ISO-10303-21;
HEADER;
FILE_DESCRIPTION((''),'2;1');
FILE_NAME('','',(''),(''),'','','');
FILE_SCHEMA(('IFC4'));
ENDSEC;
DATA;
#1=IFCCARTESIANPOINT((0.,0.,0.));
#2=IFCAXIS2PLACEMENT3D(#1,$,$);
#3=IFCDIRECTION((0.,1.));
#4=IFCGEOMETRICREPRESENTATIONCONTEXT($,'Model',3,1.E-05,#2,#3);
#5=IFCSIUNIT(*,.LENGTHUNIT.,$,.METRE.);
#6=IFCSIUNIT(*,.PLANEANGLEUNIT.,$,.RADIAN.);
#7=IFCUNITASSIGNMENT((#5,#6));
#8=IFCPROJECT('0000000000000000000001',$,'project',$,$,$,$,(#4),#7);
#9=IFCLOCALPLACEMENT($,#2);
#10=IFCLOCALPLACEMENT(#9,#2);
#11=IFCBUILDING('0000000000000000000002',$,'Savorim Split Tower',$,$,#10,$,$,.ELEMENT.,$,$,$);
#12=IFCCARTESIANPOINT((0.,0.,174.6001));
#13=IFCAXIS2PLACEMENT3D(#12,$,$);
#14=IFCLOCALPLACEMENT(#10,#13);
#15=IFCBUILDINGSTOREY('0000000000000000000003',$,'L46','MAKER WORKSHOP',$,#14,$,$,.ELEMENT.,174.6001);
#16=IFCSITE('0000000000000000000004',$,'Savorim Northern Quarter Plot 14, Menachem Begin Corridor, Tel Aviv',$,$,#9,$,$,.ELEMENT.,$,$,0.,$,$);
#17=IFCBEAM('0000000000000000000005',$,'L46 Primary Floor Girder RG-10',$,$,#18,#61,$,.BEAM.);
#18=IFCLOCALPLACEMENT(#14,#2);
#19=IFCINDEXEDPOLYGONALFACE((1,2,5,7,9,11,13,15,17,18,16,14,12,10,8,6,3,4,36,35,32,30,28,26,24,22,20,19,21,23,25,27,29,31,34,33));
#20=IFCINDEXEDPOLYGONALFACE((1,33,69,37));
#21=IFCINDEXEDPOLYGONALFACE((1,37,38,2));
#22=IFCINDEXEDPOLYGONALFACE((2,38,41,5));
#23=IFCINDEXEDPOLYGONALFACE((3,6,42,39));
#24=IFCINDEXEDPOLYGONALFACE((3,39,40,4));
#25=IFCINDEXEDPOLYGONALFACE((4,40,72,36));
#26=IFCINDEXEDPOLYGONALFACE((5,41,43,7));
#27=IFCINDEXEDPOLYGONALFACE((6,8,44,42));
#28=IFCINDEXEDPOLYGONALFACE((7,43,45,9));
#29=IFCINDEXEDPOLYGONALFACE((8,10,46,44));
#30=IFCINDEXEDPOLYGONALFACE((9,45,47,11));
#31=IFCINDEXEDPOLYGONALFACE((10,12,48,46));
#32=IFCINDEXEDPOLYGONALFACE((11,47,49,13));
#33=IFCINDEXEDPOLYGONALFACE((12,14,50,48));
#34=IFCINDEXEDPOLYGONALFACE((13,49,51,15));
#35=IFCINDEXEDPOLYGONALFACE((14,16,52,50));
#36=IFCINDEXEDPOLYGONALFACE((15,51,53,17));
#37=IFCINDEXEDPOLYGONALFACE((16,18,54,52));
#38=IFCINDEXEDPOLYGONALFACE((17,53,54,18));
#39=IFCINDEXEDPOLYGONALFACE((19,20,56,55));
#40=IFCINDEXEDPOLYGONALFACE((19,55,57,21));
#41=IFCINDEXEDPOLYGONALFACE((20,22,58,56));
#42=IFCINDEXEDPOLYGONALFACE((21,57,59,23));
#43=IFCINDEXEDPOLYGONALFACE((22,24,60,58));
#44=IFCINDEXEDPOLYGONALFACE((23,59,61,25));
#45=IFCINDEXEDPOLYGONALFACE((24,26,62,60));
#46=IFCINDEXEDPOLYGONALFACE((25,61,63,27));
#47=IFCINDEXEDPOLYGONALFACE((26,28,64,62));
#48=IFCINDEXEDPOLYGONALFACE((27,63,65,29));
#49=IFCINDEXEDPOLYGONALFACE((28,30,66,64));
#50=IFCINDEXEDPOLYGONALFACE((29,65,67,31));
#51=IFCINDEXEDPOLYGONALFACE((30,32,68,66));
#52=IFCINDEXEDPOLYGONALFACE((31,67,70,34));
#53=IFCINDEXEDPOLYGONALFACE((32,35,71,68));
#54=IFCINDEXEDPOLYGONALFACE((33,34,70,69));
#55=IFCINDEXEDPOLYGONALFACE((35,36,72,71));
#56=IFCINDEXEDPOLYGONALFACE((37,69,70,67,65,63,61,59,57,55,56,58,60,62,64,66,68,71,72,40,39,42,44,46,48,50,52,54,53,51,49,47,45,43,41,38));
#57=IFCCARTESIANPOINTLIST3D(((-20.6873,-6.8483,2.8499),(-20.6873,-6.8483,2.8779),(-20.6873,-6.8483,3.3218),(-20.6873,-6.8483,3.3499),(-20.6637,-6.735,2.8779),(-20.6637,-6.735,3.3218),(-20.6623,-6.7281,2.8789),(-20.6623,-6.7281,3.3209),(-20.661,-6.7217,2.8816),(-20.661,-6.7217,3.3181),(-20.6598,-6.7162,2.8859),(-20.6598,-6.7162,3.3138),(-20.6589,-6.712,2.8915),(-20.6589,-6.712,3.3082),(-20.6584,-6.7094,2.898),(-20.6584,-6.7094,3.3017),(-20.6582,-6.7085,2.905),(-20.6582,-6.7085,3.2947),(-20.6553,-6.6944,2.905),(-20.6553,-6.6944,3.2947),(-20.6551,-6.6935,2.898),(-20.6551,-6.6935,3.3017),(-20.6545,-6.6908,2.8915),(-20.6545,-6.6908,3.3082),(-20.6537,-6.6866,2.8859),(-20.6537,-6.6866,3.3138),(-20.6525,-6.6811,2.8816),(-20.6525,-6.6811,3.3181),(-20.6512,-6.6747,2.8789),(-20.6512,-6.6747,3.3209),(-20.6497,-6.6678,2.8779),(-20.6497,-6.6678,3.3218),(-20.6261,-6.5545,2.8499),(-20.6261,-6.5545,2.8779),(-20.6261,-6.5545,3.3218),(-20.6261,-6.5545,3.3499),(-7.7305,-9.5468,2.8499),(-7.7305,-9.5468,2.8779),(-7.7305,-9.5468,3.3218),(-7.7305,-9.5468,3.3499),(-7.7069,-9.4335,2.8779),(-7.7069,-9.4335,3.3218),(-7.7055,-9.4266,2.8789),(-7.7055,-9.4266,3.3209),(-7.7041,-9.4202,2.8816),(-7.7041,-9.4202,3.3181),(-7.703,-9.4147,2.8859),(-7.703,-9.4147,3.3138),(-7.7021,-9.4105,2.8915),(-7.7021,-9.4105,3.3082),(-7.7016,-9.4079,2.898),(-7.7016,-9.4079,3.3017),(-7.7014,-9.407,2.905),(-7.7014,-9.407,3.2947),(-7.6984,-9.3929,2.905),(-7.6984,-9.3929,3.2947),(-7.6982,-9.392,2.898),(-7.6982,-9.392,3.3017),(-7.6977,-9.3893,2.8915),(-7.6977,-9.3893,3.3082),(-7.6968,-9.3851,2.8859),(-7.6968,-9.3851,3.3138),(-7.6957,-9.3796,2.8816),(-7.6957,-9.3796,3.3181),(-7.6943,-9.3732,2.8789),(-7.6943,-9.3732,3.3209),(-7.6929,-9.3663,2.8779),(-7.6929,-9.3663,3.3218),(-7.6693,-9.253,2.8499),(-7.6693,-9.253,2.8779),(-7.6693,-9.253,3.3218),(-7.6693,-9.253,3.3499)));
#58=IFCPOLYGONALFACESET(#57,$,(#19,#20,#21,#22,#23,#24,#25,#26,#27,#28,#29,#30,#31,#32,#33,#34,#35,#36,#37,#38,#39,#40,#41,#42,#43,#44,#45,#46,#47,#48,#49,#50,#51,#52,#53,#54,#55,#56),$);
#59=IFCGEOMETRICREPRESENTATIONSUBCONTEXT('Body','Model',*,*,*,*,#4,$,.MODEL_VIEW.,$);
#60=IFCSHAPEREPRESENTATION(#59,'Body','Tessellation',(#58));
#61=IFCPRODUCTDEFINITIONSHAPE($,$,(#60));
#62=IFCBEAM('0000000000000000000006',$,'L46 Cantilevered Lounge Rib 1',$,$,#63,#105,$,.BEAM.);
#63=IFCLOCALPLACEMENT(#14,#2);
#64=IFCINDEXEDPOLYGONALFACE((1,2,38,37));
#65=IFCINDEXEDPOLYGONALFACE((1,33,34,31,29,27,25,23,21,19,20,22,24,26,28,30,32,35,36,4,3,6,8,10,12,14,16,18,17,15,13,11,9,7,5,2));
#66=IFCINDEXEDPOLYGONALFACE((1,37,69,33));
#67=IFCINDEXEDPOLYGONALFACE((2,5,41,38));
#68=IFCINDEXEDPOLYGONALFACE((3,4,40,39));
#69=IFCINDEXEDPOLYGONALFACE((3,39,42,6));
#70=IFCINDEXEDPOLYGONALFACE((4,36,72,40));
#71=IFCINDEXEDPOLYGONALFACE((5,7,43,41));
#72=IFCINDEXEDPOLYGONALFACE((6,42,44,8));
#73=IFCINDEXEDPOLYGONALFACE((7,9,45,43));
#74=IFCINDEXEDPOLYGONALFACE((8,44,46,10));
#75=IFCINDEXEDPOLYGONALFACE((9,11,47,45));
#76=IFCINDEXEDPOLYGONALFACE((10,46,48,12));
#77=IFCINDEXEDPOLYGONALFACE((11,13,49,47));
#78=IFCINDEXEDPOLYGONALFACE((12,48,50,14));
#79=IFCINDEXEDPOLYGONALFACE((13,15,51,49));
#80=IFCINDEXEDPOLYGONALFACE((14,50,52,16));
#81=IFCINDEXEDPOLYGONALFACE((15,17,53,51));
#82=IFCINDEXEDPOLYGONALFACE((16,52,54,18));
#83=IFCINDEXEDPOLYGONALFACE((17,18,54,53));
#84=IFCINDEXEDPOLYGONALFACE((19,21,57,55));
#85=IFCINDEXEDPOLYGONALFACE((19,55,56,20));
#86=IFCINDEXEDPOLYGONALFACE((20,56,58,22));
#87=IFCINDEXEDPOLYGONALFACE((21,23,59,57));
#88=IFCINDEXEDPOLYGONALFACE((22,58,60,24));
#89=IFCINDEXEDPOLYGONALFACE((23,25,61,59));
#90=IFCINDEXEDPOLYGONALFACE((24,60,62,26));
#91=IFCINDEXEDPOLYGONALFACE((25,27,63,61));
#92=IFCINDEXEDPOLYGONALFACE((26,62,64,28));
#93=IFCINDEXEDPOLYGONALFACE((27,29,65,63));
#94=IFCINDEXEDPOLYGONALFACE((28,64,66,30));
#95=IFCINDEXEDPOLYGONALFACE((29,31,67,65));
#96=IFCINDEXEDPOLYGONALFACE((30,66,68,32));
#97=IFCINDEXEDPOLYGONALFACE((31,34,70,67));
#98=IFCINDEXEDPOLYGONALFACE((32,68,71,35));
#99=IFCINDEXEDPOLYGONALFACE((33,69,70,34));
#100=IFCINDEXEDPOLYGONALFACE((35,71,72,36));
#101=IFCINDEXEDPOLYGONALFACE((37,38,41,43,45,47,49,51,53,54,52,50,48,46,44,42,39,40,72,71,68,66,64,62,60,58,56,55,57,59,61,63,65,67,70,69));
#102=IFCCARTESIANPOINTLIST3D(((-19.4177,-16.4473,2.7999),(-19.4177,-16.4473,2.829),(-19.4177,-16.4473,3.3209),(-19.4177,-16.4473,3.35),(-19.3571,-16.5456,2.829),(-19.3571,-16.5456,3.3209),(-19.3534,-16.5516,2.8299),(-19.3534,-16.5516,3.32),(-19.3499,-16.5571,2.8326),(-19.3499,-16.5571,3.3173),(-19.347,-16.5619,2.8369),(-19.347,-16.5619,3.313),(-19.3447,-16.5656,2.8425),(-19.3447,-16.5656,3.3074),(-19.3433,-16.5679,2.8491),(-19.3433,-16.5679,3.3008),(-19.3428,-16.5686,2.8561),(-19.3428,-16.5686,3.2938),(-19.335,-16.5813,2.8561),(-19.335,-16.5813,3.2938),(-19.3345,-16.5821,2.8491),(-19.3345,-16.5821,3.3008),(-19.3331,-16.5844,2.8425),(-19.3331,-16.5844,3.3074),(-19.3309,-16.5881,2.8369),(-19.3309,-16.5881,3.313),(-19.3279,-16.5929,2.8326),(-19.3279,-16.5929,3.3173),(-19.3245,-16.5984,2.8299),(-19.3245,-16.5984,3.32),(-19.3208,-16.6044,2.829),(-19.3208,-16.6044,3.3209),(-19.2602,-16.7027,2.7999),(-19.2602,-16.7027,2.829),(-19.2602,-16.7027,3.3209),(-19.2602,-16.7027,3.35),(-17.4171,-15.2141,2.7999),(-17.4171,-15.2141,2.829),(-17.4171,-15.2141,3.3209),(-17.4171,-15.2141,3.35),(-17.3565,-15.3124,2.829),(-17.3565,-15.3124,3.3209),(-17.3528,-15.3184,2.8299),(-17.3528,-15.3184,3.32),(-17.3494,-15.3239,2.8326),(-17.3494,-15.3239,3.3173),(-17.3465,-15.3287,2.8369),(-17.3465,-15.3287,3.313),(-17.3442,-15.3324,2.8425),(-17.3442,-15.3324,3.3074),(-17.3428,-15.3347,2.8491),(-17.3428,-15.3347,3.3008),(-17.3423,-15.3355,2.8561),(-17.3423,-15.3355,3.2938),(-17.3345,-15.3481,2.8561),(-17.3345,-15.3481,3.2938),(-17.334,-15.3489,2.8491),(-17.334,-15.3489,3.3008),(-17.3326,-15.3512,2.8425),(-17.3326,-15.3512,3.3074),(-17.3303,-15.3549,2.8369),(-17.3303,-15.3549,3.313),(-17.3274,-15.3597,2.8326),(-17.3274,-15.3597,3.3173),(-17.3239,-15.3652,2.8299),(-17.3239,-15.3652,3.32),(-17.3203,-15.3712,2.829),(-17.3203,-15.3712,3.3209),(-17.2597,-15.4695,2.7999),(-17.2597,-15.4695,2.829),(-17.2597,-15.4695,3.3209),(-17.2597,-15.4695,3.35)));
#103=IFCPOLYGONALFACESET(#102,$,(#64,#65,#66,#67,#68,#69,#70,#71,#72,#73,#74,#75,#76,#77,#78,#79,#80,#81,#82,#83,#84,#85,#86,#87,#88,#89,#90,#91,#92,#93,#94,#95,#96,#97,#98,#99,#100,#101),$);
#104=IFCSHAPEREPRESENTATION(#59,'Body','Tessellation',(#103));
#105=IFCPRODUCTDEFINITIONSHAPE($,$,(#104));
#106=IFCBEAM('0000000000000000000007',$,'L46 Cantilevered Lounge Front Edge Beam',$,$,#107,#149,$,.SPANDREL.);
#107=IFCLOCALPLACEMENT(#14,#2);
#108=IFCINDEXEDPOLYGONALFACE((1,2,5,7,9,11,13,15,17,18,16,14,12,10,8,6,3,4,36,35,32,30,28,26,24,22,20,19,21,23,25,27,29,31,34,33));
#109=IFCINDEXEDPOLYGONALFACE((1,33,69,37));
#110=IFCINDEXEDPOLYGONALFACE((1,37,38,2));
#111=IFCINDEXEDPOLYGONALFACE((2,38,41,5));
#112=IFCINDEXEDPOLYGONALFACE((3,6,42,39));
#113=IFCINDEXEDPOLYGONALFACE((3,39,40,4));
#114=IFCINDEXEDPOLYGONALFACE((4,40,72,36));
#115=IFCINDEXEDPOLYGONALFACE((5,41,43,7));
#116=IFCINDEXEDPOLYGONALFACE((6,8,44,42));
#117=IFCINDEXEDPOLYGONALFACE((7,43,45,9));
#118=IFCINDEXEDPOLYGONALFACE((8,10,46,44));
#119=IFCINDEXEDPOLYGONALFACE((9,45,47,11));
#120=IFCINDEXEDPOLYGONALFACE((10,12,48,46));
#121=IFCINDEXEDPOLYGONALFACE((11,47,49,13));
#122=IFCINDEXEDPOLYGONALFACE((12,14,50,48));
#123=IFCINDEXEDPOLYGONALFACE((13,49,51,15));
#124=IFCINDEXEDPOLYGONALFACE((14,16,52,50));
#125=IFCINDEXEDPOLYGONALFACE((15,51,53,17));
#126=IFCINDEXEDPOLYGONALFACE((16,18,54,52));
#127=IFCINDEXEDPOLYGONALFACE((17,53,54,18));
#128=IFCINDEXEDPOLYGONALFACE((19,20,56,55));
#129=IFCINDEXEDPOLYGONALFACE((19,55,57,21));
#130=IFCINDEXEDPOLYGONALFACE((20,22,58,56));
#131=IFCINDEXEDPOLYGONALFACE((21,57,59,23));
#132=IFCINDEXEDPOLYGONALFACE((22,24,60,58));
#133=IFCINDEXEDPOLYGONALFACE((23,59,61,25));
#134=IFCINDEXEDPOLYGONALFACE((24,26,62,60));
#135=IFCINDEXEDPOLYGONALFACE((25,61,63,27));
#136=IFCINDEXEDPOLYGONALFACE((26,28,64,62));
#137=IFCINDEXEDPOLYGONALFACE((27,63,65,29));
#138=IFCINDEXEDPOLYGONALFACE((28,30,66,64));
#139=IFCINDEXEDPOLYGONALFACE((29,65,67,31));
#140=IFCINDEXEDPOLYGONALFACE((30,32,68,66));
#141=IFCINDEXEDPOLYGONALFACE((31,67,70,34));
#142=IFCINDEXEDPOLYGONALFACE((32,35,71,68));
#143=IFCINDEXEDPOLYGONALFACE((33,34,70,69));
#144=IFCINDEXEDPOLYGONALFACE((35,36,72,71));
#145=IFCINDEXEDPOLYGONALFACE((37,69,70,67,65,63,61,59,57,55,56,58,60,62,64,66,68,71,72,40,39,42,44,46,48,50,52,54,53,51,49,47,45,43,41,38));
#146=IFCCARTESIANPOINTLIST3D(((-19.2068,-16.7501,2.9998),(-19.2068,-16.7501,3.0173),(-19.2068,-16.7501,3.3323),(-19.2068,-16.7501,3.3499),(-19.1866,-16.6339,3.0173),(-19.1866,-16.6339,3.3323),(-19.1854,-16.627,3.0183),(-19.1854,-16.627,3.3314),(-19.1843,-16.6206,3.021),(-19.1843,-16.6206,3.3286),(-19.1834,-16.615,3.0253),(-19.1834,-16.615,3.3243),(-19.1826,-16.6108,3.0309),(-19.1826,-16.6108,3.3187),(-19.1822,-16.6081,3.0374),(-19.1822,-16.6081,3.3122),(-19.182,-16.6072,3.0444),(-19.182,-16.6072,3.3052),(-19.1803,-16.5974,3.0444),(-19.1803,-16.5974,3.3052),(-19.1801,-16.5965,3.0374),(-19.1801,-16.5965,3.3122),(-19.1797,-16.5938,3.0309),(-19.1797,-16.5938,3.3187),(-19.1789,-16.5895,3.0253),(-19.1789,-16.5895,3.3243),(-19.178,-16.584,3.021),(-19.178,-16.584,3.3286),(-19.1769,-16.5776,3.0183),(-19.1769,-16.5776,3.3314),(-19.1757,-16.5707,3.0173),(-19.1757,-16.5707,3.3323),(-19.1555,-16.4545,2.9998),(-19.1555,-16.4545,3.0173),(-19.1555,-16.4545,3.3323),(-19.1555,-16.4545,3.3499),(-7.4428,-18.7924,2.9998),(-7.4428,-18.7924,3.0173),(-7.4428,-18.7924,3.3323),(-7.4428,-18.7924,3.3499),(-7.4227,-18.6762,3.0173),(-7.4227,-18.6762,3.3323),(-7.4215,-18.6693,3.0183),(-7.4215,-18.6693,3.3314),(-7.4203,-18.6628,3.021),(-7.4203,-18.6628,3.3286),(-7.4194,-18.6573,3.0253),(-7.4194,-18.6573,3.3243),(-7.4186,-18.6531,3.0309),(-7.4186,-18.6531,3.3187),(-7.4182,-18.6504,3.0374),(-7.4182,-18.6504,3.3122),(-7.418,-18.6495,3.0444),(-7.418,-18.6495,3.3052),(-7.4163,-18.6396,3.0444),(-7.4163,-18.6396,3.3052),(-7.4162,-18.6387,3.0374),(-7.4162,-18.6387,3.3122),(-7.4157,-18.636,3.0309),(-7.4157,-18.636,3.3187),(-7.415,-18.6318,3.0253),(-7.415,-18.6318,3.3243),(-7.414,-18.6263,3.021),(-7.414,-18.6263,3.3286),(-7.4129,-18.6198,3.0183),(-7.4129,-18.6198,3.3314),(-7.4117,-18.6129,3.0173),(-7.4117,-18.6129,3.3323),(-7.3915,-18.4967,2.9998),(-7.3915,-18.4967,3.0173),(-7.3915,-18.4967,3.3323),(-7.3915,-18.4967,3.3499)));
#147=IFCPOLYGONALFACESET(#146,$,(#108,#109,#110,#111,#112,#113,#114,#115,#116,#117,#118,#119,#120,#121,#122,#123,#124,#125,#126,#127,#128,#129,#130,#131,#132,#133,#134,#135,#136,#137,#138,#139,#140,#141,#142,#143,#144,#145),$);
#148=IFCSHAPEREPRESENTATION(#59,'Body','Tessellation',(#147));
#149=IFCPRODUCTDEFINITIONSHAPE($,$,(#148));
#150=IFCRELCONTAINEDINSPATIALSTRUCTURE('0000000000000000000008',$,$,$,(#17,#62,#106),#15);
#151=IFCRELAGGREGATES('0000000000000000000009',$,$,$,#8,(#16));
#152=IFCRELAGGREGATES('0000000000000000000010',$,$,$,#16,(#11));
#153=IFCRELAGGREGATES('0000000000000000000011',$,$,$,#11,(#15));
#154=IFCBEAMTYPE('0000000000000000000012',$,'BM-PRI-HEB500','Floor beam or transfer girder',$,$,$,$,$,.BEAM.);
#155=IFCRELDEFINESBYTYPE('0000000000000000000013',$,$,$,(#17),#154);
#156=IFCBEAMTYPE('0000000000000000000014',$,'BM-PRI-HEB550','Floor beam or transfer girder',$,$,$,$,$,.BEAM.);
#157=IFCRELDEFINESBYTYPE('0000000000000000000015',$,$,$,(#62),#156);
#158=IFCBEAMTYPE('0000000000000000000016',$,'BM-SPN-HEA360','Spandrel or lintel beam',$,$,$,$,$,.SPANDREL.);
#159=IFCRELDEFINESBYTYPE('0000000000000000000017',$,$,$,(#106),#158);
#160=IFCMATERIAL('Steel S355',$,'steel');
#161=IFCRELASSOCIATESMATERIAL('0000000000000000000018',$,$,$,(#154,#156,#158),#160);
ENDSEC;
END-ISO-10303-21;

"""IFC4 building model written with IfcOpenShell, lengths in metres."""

from ifc_helpers import new_model, si_unit, direction, frame, origin, origin_2d, place, context, subcontext, project, spatial, i_section, extrude, material, material_profile, profile_set, type_object, element, save


model = new_model("IFC4")

# Units and contexts
model_context = context("Model", 3, precision=1e-05, world=origin(), true_north=direction((0.0, 1.0)))
body_context = subcontext(model_context, "Body", "Model", "MODEL_VIEW")
ifc_project = project(units=[si_unit("LENGTHUNIT", "METRE"), si_unit("PLANEANGLEUNIT", "RADIAN")], contexts=[model_context])

# Site, building, storey
site_placement = place(None, origin())
site = spatial("IfcSite", under=ifc_project, at=site_placement, Name="Savorim Northern Quarter Plot 14, Menachem Begin Corridor, Tel Aviv", CompositionType="ELEMENT", RefElevation=0.0)
building_placement = place(site_placement, origin())
building = spatial("IfcBuilding", under=site, at=building_placement, Name="Savorim Split Tower", CompositionType="ELEMENT")
storey_placement = place(building_placement, frame((0.0, 0.0, 174.6001)))
storey = spatial("IfcBuildingStorey", under=building, at=storey_placement, Name="L46", Description="MAKER WORKSHOP", CompositionType="ELEMENT", Elevation=174.6001)

# Beams
ifc_material_1 = material(Name="Steel S355", Category="steel")
ifc_material_profile_1 = material_profile(ifc_material_1, i_section(OverallWidth=0.3, OverallDepth=0.5, WebThickness=0.0144, FlangeThickness=0.0281, FilletRadius=0.0271, at=origin_2d()), Name="HEB 500")
ifc_profile_set_1 = profile_set([ifc_material_profile_1], Name="Steel S355")
beam_type_1 = type_object("IfcBeamType", Name="BM-PRI-HEB500", Description="Floor beam or transfer girder", PredefinedType="BEAM", material=ifc_profile_set_1)
beam_1_placement = place(storey_placement, frame((-20.6567, -6.7014, 3.0999), z_axis=(0.978993, -0.203893, 0.0), x_axis=(0.203893, 0.978993, 0.0)))
element("IfcBeam", 1, at=beam_1_placement, inside=storey, type_object=beam_type_1, Name="L46 Primary Floor Girder RG-10", PredefinedType="BEAM", context=body_context, shape_type="SweptSolid", body=[
    extrude(i_section(OverallWidth=0.3, OverallDepth=0.5, WebThickness=0.0144, FlangeThickness=0.0281, FilletRadius=0.0271, at=origin_2d()), origin(), (0.0, 0.0, 1.0), 13.2349),
])
ifc_material_profile_2 = material_profile(ifc_material_1, i_section(OverallWidth=0.3, OverallDepth=0.55, WebThickness=0.0149, FlangeThickness=0.0291, FilletRadius=0.0271, at=origin_2d()), Name="HEB 550")
ifc_profile_set_2 = profile_set([ifc_material_profile_2], Name="Steel S355")
beam_type_2 = type_object("IfcBeamType", Name="BM-PRI-HEB550", Description="Floor beam or transfer girder", PredefinedType="BEAM", material=ifc_profile_set_2)
beam_2_placement = place(storey_placement, frame((-17.3384, -15.3418, 3.075), z_axis=(-0.851262, -0.524741, 0.0), x_axis=(0.524741, -0.851262, 0.0)))
element("IfcBeam", 2, at=beam_2_placement, inside=storey, type_object=beam_type_2, Name="L46 Cantilevered Lounge Rib 1", PredefinedType="BEAM", context=body_context, shape_type="SweptSolid", body=[
    extrude(i_section(OverallWidth=0.3, OverallDepth=0.55, WebThickness=0.0149, FlangeThickness=0.0291, FilletRadius=0.0271, at=origin_2d()), origin(), (0.0, 0.0, 1.0), 2.3501),
])
ifc_material_profile_3 = material_profile(ifc_material_1, i_section(OverallWidth=0.3, OverallDepth=0.3501, WebThickness=0.01, FlangeThickness=0.0176, FilletRadius=0.0271, at=origin_2d()), Name="HEA 360")
ifc_profile_set_3 = profile_set([ifc_material_profile_3], Name="Steel S355")
beam_type_3 = type_object("IfcBeamType", Name="BM-SPN-HEA360", Description="Spandrel or lintel beam", PredefinedType="SPANDREL", material=ifc_profile_set_3)
beam_3_placement = place(storey_placement, frame((-19.1812, -16.6023, 3.1748), z_axis=(0.985263, -0.171043, 0.0), x_axis=(0.171043, 0.985263, 0.0)))
element("IfcBeam", 3, at=beam_3_placement, inside=storey, type_object=beam_type_3, Name="L46 Cantilevered Lounge Front Edge Beam", PredefinedType="SPANDREL", context=body_context, shape_type="SweptSolid", body=[
    extrude(i_section(OverallWidth=0.3, OverallDepth=0.3501, WebThickness=0.01, FlangeThickness=0.0176, FilletRadius=0.0271, at=origin_2d()), origin(), (0.0, 0.0, 1.0), 11.9399),
])

save(model, "model.ifc")
